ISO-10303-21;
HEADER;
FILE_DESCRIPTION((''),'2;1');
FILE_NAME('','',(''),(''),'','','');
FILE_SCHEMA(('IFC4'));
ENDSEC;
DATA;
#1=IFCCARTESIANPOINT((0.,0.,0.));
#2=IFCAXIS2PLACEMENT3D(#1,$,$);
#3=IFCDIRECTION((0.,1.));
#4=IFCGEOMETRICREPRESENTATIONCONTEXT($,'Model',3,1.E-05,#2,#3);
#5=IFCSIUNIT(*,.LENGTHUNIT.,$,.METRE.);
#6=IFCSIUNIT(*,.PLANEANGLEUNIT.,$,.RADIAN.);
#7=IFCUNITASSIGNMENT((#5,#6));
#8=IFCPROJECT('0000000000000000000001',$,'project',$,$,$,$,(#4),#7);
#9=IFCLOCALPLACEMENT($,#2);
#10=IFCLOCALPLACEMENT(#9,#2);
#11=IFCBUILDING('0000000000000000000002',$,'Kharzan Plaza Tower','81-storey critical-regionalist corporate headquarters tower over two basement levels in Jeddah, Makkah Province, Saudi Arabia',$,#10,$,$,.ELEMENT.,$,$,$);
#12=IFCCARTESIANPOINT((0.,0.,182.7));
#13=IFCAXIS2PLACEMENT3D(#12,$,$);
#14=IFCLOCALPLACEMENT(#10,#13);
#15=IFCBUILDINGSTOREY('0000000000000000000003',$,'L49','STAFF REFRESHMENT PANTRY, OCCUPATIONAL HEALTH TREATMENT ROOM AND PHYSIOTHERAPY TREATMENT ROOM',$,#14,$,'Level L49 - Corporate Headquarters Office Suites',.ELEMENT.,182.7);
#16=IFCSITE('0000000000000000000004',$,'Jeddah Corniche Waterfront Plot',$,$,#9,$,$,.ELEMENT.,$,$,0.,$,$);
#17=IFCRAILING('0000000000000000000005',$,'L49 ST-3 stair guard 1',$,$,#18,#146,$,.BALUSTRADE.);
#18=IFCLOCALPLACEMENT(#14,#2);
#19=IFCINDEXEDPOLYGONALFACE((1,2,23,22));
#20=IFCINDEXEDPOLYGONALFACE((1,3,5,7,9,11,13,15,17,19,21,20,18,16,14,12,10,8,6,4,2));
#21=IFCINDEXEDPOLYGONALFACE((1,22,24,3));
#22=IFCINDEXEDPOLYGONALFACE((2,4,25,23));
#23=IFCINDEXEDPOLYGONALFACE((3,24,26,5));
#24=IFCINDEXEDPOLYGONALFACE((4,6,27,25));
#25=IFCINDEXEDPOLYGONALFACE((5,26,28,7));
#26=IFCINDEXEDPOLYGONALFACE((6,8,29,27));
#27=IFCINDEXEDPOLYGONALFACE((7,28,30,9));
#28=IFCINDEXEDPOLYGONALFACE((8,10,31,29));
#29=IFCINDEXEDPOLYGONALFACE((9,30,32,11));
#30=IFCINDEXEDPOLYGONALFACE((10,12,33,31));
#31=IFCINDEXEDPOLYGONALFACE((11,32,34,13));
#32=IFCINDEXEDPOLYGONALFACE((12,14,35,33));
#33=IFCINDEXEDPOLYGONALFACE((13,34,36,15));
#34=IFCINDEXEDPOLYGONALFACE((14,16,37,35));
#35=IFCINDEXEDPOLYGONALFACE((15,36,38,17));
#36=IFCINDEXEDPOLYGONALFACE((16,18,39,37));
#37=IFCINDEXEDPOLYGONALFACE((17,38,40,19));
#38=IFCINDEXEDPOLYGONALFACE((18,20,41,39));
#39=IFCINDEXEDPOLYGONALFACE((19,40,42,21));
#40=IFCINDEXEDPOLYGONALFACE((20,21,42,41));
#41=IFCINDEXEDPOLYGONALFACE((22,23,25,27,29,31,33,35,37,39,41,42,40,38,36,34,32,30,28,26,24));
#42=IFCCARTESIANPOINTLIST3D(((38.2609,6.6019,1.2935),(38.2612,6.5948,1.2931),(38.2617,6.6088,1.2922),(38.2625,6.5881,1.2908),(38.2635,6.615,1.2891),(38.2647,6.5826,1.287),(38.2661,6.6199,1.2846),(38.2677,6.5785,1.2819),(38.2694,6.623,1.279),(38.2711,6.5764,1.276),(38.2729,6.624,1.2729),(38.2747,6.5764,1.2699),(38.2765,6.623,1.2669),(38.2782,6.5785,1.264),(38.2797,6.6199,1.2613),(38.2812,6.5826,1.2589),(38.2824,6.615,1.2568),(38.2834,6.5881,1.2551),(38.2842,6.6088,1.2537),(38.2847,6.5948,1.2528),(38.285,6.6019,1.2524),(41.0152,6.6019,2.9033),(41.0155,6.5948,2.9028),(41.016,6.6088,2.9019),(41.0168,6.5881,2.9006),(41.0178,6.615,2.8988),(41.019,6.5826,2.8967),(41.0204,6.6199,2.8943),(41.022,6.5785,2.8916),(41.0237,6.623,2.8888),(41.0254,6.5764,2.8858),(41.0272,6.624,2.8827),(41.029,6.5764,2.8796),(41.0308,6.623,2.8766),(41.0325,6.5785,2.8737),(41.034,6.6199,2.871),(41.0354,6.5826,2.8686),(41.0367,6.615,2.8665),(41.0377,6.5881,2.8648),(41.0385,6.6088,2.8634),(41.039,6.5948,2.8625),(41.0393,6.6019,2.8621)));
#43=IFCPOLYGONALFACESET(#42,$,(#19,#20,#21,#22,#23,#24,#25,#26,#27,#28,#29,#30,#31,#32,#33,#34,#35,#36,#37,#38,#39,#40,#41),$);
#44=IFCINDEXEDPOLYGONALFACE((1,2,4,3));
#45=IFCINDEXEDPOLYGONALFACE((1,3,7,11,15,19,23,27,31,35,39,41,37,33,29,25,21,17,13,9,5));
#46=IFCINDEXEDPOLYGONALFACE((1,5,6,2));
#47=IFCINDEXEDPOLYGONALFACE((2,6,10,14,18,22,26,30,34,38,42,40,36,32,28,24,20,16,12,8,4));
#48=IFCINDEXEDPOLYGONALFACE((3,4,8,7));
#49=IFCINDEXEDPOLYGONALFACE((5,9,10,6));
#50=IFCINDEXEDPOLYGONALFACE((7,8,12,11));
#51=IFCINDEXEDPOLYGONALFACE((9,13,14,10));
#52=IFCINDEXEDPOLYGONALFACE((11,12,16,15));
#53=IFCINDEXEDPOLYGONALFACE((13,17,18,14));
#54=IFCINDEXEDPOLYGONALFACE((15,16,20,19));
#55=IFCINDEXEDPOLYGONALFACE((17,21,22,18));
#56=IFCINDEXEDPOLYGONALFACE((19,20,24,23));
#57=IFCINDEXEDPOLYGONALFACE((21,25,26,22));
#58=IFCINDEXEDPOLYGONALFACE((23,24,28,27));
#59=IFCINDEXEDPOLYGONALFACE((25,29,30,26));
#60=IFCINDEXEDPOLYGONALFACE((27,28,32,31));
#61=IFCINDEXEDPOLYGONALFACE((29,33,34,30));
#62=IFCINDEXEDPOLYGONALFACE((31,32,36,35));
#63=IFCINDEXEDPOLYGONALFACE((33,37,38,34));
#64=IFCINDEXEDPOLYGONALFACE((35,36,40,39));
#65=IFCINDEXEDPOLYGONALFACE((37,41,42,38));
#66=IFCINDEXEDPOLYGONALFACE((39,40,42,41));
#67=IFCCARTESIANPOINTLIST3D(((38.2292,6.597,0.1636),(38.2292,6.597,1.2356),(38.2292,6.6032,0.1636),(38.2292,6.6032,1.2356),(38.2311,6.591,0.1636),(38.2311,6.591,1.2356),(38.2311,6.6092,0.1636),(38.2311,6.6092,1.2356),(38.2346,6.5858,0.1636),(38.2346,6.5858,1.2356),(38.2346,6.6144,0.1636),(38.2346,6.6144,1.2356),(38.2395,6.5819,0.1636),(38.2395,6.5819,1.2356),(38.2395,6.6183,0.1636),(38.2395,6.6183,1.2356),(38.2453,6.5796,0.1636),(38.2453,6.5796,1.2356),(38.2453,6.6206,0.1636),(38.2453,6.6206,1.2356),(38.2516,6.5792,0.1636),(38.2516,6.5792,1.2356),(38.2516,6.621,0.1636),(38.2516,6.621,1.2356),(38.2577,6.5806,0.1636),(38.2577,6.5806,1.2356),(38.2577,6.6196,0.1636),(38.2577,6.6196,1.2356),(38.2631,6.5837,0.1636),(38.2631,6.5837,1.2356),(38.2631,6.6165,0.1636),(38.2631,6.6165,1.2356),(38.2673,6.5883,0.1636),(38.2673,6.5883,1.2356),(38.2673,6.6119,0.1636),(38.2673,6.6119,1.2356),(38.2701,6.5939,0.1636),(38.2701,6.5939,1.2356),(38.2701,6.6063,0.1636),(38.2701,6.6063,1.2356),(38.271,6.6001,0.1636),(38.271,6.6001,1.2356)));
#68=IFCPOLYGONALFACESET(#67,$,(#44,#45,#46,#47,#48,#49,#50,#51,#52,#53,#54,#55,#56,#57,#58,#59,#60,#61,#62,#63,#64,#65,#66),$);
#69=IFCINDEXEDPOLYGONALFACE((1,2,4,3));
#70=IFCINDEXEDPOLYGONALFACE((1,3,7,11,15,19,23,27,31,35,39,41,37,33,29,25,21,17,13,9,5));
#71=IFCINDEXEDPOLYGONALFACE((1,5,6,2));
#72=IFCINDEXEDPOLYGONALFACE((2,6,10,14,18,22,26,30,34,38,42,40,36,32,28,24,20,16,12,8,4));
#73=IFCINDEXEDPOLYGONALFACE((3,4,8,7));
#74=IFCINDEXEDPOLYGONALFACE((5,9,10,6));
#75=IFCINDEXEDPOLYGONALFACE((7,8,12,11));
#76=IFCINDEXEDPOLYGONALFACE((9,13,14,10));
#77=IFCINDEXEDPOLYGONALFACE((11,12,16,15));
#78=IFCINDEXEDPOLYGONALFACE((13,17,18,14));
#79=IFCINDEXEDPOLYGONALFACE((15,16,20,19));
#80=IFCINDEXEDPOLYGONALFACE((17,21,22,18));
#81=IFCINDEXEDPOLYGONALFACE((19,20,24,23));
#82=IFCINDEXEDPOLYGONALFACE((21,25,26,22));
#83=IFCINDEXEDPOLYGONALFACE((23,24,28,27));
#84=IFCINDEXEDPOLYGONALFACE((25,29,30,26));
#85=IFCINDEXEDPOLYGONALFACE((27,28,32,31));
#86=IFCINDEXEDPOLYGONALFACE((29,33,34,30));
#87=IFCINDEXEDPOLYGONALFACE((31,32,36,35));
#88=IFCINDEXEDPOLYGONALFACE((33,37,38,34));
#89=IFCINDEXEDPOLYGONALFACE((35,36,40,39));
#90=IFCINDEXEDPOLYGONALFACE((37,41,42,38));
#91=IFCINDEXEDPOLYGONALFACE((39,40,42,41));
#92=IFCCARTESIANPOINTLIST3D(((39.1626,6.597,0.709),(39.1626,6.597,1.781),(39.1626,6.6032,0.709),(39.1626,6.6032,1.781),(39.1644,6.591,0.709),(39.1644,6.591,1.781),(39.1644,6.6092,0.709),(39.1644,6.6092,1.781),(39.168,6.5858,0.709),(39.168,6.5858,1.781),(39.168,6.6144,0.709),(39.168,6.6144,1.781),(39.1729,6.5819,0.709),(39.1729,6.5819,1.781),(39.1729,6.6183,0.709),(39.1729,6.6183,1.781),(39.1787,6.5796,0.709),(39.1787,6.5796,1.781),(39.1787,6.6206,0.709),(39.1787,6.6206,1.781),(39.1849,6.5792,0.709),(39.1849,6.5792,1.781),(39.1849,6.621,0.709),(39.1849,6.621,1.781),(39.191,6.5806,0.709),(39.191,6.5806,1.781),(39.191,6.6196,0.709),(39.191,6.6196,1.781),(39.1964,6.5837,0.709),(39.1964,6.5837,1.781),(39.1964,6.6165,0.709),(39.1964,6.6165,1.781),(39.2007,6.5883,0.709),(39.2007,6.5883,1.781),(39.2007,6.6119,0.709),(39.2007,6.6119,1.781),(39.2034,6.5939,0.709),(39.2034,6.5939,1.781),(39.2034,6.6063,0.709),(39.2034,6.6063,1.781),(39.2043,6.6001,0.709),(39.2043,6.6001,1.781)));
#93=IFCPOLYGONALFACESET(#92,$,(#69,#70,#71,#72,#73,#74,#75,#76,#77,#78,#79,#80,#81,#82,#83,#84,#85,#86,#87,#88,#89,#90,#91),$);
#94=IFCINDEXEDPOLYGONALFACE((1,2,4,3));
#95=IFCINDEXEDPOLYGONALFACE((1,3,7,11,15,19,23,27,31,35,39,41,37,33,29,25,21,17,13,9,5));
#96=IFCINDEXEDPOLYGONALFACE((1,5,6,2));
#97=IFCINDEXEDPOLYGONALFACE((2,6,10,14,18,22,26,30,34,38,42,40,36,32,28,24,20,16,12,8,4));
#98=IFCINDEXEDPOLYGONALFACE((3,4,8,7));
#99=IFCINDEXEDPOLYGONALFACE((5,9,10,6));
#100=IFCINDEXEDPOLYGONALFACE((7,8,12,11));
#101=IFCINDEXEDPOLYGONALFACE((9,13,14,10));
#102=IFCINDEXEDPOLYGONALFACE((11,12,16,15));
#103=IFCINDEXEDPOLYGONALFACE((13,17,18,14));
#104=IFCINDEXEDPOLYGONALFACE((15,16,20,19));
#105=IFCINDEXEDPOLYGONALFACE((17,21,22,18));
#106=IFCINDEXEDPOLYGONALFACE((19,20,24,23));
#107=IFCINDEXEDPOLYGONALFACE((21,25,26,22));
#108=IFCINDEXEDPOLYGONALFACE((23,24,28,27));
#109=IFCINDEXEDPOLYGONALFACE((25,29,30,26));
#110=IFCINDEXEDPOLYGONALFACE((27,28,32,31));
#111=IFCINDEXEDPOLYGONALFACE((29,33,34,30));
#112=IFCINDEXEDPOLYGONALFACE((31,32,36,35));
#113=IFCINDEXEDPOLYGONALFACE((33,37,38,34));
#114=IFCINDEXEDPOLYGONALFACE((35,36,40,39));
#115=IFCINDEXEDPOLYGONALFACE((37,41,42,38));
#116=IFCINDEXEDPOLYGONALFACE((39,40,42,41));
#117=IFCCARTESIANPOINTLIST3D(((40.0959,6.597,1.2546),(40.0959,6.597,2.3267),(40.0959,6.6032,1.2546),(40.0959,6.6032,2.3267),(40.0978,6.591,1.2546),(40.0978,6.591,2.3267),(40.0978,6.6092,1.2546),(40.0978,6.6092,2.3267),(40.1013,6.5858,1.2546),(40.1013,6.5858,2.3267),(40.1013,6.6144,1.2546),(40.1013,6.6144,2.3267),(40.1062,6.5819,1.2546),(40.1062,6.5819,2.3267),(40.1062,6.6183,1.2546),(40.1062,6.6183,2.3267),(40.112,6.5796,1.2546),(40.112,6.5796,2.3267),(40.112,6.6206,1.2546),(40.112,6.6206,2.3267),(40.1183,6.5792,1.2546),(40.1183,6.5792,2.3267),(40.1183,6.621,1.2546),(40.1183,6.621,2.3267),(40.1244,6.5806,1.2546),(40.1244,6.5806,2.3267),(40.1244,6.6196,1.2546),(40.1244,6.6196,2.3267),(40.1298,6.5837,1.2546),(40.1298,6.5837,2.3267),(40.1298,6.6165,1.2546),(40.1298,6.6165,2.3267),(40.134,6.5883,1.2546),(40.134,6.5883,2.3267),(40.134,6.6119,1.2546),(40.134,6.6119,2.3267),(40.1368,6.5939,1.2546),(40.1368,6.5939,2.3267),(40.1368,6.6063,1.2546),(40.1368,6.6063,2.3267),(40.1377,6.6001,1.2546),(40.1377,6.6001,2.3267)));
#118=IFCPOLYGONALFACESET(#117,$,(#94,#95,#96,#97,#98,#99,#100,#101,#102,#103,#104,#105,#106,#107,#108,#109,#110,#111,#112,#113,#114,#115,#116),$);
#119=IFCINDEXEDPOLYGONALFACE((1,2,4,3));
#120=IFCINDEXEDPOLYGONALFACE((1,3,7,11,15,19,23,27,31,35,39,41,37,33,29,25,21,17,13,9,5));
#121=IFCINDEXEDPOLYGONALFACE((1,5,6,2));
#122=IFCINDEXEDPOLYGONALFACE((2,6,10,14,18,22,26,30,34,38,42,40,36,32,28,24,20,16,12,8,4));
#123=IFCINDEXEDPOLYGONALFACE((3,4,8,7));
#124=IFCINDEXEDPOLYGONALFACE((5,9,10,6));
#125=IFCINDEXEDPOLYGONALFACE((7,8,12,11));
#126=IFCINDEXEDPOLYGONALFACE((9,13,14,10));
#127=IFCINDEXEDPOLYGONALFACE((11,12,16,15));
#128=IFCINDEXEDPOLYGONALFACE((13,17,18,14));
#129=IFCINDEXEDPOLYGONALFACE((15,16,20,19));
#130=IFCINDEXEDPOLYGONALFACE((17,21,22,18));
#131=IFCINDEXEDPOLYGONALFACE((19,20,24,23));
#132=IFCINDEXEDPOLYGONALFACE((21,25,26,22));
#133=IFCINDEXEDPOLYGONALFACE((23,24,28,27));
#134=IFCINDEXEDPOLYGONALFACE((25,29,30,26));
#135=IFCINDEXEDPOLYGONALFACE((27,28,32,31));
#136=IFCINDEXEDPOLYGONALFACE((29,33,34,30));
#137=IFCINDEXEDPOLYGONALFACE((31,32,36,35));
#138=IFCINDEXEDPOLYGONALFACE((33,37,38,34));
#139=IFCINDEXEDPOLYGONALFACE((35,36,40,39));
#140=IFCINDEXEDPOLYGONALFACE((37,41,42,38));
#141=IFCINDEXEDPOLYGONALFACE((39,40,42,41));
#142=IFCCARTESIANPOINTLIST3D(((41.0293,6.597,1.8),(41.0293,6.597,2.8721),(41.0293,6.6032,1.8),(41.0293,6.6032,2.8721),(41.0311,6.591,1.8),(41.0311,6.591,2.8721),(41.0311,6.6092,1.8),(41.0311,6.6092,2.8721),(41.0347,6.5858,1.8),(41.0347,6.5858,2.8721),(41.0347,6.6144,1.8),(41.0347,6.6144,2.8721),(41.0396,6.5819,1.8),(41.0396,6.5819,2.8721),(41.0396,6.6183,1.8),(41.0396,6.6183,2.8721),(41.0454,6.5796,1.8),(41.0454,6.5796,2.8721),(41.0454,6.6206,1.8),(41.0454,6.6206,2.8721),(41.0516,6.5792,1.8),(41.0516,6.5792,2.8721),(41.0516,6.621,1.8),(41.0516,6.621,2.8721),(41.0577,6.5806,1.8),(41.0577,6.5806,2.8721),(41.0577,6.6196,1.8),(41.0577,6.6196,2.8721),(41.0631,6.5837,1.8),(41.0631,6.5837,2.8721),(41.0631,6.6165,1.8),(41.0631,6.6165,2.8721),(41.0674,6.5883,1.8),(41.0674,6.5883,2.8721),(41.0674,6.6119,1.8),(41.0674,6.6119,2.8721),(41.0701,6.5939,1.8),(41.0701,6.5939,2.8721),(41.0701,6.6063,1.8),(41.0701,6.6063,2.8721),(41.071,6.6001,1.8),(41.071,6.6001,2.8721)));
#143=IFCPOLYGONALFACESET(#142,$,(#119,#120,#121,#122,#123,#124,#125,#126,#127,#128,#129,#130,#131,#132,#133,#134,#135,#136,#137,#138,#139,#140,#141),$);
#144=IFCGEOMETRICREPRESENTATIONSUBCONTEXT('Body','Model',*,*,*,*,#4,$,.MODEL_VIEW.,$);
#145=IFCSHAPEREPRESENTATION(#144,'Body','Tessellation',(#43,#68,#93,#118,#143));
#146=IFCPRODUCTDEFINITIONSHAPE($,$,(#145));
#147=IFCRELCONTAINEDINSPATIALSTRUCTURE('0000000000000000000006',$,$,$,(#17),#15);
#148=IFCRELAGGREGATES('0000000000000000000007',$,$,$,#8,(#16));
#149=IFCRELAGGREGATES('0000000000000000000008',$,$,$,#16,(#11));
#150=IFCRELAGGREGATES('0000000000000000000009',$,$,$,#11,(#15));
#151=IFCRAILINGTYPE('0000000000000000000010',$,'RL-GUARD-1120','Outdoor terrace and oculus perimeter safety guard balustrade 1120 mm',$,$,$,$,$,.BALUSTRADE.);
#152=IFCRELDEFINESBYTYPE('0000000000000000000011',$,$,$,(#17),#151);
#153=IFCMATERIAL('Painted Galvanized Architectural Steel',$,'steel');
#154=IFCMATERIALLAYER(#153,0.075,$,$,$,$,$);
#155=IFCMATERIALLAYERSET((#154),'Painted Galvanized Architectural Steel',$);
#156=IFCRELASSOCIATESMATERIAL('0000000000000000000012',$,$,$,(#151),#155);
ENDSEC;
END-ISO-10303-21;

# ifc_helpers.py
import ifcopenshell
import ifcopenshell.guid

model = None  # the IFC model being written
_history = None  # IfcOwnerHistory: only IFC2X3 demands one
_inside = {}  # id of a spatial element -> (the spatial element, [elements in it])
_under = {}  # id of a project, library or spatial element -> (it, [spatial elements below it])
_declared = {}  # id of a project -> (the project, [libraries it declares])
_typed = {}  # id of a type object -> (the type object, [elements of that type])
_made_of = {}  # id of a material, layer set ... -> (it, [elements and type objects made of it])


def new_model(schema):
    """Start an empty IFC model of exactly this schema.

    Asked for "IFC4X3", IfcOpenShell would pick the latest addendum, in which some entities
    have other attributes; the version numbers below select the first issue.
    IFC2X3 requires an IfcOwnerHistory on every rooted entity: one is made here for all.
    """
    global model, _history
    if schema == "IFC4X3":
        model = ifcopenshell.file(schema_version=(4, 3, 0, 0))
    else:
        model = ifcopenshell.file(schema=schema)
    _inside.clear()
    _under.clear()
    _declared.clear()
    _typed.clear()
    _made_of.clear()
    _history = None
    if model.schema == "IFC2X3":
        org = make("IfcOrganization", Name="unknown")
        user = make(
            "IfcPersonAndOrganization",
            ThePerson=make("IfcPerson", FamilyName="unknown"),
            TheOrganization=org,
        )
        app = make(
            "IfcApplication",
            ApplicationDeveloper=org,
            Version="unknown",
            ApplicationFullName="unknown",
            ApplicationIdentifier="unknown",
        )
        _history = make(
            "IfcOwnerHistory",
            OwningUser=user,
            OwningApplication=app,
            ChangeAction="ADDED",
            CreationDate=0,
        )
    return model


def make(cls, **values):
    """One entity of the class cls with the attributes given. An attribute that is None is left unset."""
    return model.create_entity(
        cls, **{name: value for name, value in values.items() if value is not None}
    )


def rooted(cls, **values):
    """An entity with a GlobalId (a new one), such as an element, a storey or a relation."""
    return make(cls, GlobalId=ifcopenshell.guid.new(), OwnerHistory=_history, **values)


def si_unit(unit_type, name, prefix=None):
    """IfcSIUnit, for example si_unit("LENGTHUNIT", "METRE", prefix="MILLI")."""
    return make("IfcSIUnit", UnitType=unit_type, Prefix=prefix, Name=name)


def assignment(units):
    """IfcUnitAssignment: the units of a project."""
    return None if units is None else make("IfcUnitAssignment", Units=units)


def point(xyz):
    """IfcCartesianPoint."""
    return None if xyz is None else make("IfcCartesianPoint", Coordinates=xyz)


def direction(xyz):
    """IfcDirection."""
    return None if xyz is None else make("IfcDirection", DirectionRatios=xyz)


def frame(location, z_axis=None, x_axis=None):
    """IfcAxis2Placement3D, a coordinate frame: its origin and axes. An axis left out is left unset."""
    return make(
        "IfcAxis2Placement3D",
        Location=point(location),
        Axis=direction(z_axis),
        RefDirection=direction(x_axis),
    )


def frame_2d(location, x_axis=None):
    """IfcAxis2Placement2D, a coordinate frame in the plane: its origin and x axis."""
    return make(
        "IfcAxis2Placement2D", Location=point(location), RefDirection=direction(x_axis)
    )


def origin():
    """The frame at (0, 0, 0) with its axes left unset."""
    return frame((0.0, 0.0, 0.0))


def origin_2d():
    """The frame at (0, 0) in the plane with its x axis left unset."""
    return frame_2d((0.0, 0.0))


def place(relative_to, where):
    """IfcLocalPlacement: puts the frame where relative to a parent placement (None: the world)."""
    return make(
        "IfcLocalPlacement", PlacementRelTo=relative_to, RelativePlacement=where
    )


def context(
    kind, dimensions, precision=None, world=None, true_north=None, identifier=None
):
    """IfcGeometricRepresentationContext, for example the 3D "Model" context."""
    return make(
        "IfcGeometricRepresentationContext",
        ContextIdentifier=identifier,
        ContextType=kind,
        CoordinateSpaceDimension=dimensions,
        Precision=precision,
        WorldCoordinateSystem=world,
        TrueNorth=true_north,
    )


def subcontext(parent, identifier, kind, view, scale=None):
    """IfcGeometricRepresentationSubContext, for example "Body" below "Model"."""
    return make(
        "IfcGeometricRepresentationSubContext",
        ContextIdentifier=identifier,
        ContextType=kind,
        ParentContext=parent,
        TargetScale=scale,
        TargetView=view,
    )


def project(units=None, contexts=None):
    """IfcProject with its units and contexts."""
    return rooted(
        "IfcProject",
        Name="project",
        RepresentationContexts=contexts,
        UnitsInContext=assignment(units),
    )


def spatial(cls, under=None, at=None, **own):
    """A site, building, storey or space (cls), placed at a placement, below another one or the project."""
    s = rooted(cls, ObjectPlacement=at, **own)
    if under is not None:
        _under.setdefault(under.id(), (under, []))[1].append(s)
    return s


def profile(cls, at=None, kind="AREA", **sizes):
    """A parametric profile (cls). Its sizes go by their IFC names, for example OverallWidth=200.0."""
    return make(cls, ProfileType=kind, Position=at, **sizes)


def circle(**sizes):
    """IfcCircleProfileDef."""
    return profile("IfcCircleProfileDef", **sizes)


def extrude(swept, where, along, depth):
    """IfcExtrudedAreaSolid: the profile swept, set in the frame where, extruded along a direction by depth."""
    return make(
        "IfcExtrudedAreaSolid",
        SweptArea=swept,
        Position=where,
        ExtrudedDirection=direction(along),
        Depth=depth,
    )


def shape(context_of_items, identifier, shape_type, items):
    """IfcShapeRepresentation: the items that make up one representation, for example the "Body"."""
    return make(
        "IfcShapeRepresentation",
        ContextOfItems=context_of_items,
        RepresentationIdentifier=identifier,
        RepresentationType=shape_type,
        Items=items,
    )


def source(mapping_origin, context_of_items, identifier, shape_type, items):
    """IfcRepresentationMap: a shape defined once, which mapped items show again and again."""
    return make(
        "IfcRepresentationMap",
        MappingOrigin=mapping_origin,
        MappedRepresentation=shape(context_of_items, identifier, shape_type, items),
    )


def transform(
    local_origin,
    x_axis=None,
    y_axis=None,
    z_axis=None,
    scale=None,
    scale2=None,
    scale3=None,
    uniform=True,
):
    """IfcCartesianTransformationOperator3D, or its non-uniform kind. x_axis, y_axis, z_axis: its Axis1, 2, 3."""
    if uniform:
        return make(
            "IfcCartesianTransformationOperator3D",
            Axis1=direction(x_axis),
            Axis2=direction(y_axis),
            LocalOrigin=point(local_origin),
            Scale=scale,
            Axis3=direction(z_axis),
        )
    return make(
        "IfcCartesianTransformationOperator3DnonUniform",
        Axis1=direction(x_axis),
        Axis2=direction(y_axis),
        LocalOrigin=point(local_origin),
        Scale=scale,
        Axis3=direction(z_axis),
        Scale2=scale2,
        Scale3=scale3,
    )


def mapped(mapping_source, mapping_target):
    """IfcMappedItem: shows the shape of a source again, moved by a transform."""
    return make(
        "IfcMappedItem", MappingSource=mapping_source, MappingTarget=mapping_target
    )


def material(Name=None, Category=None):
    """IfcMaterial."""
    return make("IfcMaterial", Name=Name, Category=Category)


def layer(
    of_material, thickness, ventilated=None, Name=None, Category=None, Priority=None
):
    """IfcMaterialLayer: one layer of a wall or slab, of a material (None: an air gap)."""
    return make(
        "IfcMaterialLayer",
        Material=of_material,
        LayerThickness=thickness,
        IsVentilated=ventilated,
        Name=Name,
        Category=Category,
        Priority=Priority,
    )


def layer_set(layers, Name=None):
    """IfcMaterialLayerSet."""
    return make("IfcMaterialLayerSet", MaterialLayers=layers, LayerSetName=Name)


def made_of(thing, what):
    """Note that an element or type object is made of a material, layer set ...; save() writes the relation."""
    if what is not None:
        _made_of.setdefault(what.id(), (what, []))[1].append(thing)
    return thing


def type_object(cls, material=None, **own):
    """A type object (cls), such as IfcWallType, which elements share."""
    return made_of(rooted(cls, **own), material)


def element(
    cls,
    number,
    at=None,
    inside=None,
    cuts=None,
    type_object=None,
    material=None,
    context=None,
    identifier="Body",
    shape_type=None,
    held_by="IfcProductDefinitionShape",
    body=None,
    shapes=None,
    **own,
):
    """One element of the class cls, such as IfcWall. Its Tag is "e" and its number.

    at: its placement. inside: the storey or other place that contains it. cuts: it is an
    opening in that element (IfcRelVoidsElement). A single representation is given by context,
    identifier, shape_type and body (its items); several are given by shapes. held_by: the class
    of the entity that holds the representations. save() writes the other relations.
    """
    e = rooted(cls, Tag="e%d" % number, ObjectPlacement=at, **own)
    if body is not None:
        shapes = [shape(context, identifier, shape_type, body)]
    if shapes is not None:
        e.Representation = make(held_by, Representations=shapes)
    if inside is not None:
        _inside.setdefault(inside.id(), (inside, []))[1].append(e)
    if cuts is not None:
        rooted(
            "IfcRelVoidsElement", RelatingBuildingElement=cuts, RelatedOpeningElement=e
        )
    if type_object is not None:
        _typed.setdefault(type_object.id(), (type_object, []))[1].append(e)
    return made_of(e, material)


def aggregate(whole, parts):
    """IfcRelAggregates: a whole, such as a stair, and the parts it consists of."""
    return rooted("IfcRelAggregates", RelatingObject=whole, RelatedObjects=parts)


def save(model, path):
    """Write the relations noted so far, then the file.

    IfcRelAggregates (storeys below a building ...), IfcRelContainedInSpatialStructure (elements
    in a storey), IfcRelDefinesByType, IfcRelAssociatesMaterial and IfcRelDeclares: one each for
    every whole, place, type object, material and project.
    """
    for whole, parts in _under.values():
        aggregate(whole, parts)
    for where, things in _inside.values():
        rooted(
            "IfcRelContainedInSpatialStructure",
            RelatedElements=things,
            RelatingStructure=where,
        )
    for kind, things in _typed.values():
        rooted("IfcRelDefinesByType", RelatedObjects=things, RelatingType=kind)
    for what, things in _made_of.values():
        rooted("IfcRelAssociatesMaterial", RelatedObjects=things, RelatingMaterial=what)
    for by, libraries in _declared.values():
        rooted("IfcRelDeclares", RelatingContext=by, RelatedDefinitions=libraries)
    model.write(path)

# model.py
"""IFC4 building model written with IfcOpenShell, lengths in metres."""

from ifc_helpers import new_model, si_unit, direction, frame, origin, origin_2d, place, context, subcontext, project, spatial, circle, extrude, source, transform, mapped, material, layer, layer_set, type_object, element, save


model = new_model("IFC4")

# Units and contexts
model_context = context("Model", 3, precision=1e-05, world=origin(), true_north=direction((0.0, 1.0)))
body_context = subcontext(model_context, "Body", "Model", "MODEL_VIEW")
ifc_project = project(units=[si_unit("LENGTHUNIT", "METRE"), si_unit("PLANEANGLEUNIT", "RADIAN")], contexts=[model_context])

# Site, building, storey
site_placement = place(None, origin())
site = spatial("IfcSite", under=ifc_project, at=site_placement, Name="Jeddah Corniche Waterfront Plot", CompositionType="ELEMENT", RefElevation=0.0)
building_placement = place(site_placement, origin())
building = spatial("IfcBuilding", under=site, at=building_placement, Name="Kharzan Plaza Tower", Description="81-storey critical-regionalist corporate headquarters tower over two basement levels in Jeddah, Makkah Province, Saudi Arabia", CompositionType="ELEMENT")
storey_placement = place(building_placement, frame((0.0, 0.0, 182.7)))
storey = spatial("IfcBuildingStorey", under=building, at=storey_placement, Name="L49", Description="STAFF REFRESHMENT PANTRY, OCCUPATIONAL HEALTH TREATMENT ROOM AND PHYSIOTHERAPY TREATMENT ROOM", LongName="Level L49 - Corporate Headquarters Office Suites", CompositionType="ELEMENT", Elevation=182.7)

# Railing
ifc_material_1 = material(Name="Painted Galvanized Architectural Steel", Category="steel")
ifc_layer_1 = layer(ifc_material_1, 0.075)
ifc_layer_set_1 = layer_set([ifc_layer_1], Name="Painted Galvanized Architectural Steel")
railing_type_1 = type_object("IfcRailingType", Name="RL-GUARD-1120", Description="Outdoor terrace and oculus perimeter safety guard balustrade 1120 mm", PredefinedType="BALUSTRADE", material=ifc_layer_set_1)
shared_shape_1 = source(origin(), body_context, "Body", "SweptSolid", [
    extrude(circle(Radius=0.0239, at=origin_2d()), frame((0.0229, 0.0, 1.1094), z_axis=(0.863361, 0.0, 0.504587), x_axis=(0.0, 1.0, 0.0)), (0.0, 0.0, 1.0), 3.1902),
    extrude(circle(Radius=0.021, at=origin_2d()), origin(), (0.0, 0.0, 1.0), 1.072),
    extrude(circle(Radius=0.021, at=origin_2d()), frame((0.9333, 0.0, 0.5454)), (0.0, 0.0, 1.0), 1.072),
    extrude(circle(Radius=0.021, at=origin_2d()), frame((1.8667, 0.0, 1.0911)), (0.0, 0.0, 1.0), 1.072),
    extrude(circle(Radius=0.021, at=origin_2d()), frame((2.8, 0.0, 1.6365)), (0.0, 0.0, 1.0), 1.072),
])
railing_1_placement = place(storey_placement, frame((38.25, 6.6001, 0.1636)))
element("IfcRailing", 1, at=railing_1_placement, inside=storey, type_object=railing_type_1, Name="L49 ST-3 stair guard 1", PredefinedType="BALUSTRADE", context=body_context, shape_type="MappedRepresentation", body=[
    mapped(shared_shape_1, transform((0.0, 0.0, 0.0), x_axis=(1.0, 0.0, 0.0), y_axis=(0.0, 1.0, 0.0), z_axis=(0.0, 0.0, 1.0))),
])

save(model, "model.ifc")
